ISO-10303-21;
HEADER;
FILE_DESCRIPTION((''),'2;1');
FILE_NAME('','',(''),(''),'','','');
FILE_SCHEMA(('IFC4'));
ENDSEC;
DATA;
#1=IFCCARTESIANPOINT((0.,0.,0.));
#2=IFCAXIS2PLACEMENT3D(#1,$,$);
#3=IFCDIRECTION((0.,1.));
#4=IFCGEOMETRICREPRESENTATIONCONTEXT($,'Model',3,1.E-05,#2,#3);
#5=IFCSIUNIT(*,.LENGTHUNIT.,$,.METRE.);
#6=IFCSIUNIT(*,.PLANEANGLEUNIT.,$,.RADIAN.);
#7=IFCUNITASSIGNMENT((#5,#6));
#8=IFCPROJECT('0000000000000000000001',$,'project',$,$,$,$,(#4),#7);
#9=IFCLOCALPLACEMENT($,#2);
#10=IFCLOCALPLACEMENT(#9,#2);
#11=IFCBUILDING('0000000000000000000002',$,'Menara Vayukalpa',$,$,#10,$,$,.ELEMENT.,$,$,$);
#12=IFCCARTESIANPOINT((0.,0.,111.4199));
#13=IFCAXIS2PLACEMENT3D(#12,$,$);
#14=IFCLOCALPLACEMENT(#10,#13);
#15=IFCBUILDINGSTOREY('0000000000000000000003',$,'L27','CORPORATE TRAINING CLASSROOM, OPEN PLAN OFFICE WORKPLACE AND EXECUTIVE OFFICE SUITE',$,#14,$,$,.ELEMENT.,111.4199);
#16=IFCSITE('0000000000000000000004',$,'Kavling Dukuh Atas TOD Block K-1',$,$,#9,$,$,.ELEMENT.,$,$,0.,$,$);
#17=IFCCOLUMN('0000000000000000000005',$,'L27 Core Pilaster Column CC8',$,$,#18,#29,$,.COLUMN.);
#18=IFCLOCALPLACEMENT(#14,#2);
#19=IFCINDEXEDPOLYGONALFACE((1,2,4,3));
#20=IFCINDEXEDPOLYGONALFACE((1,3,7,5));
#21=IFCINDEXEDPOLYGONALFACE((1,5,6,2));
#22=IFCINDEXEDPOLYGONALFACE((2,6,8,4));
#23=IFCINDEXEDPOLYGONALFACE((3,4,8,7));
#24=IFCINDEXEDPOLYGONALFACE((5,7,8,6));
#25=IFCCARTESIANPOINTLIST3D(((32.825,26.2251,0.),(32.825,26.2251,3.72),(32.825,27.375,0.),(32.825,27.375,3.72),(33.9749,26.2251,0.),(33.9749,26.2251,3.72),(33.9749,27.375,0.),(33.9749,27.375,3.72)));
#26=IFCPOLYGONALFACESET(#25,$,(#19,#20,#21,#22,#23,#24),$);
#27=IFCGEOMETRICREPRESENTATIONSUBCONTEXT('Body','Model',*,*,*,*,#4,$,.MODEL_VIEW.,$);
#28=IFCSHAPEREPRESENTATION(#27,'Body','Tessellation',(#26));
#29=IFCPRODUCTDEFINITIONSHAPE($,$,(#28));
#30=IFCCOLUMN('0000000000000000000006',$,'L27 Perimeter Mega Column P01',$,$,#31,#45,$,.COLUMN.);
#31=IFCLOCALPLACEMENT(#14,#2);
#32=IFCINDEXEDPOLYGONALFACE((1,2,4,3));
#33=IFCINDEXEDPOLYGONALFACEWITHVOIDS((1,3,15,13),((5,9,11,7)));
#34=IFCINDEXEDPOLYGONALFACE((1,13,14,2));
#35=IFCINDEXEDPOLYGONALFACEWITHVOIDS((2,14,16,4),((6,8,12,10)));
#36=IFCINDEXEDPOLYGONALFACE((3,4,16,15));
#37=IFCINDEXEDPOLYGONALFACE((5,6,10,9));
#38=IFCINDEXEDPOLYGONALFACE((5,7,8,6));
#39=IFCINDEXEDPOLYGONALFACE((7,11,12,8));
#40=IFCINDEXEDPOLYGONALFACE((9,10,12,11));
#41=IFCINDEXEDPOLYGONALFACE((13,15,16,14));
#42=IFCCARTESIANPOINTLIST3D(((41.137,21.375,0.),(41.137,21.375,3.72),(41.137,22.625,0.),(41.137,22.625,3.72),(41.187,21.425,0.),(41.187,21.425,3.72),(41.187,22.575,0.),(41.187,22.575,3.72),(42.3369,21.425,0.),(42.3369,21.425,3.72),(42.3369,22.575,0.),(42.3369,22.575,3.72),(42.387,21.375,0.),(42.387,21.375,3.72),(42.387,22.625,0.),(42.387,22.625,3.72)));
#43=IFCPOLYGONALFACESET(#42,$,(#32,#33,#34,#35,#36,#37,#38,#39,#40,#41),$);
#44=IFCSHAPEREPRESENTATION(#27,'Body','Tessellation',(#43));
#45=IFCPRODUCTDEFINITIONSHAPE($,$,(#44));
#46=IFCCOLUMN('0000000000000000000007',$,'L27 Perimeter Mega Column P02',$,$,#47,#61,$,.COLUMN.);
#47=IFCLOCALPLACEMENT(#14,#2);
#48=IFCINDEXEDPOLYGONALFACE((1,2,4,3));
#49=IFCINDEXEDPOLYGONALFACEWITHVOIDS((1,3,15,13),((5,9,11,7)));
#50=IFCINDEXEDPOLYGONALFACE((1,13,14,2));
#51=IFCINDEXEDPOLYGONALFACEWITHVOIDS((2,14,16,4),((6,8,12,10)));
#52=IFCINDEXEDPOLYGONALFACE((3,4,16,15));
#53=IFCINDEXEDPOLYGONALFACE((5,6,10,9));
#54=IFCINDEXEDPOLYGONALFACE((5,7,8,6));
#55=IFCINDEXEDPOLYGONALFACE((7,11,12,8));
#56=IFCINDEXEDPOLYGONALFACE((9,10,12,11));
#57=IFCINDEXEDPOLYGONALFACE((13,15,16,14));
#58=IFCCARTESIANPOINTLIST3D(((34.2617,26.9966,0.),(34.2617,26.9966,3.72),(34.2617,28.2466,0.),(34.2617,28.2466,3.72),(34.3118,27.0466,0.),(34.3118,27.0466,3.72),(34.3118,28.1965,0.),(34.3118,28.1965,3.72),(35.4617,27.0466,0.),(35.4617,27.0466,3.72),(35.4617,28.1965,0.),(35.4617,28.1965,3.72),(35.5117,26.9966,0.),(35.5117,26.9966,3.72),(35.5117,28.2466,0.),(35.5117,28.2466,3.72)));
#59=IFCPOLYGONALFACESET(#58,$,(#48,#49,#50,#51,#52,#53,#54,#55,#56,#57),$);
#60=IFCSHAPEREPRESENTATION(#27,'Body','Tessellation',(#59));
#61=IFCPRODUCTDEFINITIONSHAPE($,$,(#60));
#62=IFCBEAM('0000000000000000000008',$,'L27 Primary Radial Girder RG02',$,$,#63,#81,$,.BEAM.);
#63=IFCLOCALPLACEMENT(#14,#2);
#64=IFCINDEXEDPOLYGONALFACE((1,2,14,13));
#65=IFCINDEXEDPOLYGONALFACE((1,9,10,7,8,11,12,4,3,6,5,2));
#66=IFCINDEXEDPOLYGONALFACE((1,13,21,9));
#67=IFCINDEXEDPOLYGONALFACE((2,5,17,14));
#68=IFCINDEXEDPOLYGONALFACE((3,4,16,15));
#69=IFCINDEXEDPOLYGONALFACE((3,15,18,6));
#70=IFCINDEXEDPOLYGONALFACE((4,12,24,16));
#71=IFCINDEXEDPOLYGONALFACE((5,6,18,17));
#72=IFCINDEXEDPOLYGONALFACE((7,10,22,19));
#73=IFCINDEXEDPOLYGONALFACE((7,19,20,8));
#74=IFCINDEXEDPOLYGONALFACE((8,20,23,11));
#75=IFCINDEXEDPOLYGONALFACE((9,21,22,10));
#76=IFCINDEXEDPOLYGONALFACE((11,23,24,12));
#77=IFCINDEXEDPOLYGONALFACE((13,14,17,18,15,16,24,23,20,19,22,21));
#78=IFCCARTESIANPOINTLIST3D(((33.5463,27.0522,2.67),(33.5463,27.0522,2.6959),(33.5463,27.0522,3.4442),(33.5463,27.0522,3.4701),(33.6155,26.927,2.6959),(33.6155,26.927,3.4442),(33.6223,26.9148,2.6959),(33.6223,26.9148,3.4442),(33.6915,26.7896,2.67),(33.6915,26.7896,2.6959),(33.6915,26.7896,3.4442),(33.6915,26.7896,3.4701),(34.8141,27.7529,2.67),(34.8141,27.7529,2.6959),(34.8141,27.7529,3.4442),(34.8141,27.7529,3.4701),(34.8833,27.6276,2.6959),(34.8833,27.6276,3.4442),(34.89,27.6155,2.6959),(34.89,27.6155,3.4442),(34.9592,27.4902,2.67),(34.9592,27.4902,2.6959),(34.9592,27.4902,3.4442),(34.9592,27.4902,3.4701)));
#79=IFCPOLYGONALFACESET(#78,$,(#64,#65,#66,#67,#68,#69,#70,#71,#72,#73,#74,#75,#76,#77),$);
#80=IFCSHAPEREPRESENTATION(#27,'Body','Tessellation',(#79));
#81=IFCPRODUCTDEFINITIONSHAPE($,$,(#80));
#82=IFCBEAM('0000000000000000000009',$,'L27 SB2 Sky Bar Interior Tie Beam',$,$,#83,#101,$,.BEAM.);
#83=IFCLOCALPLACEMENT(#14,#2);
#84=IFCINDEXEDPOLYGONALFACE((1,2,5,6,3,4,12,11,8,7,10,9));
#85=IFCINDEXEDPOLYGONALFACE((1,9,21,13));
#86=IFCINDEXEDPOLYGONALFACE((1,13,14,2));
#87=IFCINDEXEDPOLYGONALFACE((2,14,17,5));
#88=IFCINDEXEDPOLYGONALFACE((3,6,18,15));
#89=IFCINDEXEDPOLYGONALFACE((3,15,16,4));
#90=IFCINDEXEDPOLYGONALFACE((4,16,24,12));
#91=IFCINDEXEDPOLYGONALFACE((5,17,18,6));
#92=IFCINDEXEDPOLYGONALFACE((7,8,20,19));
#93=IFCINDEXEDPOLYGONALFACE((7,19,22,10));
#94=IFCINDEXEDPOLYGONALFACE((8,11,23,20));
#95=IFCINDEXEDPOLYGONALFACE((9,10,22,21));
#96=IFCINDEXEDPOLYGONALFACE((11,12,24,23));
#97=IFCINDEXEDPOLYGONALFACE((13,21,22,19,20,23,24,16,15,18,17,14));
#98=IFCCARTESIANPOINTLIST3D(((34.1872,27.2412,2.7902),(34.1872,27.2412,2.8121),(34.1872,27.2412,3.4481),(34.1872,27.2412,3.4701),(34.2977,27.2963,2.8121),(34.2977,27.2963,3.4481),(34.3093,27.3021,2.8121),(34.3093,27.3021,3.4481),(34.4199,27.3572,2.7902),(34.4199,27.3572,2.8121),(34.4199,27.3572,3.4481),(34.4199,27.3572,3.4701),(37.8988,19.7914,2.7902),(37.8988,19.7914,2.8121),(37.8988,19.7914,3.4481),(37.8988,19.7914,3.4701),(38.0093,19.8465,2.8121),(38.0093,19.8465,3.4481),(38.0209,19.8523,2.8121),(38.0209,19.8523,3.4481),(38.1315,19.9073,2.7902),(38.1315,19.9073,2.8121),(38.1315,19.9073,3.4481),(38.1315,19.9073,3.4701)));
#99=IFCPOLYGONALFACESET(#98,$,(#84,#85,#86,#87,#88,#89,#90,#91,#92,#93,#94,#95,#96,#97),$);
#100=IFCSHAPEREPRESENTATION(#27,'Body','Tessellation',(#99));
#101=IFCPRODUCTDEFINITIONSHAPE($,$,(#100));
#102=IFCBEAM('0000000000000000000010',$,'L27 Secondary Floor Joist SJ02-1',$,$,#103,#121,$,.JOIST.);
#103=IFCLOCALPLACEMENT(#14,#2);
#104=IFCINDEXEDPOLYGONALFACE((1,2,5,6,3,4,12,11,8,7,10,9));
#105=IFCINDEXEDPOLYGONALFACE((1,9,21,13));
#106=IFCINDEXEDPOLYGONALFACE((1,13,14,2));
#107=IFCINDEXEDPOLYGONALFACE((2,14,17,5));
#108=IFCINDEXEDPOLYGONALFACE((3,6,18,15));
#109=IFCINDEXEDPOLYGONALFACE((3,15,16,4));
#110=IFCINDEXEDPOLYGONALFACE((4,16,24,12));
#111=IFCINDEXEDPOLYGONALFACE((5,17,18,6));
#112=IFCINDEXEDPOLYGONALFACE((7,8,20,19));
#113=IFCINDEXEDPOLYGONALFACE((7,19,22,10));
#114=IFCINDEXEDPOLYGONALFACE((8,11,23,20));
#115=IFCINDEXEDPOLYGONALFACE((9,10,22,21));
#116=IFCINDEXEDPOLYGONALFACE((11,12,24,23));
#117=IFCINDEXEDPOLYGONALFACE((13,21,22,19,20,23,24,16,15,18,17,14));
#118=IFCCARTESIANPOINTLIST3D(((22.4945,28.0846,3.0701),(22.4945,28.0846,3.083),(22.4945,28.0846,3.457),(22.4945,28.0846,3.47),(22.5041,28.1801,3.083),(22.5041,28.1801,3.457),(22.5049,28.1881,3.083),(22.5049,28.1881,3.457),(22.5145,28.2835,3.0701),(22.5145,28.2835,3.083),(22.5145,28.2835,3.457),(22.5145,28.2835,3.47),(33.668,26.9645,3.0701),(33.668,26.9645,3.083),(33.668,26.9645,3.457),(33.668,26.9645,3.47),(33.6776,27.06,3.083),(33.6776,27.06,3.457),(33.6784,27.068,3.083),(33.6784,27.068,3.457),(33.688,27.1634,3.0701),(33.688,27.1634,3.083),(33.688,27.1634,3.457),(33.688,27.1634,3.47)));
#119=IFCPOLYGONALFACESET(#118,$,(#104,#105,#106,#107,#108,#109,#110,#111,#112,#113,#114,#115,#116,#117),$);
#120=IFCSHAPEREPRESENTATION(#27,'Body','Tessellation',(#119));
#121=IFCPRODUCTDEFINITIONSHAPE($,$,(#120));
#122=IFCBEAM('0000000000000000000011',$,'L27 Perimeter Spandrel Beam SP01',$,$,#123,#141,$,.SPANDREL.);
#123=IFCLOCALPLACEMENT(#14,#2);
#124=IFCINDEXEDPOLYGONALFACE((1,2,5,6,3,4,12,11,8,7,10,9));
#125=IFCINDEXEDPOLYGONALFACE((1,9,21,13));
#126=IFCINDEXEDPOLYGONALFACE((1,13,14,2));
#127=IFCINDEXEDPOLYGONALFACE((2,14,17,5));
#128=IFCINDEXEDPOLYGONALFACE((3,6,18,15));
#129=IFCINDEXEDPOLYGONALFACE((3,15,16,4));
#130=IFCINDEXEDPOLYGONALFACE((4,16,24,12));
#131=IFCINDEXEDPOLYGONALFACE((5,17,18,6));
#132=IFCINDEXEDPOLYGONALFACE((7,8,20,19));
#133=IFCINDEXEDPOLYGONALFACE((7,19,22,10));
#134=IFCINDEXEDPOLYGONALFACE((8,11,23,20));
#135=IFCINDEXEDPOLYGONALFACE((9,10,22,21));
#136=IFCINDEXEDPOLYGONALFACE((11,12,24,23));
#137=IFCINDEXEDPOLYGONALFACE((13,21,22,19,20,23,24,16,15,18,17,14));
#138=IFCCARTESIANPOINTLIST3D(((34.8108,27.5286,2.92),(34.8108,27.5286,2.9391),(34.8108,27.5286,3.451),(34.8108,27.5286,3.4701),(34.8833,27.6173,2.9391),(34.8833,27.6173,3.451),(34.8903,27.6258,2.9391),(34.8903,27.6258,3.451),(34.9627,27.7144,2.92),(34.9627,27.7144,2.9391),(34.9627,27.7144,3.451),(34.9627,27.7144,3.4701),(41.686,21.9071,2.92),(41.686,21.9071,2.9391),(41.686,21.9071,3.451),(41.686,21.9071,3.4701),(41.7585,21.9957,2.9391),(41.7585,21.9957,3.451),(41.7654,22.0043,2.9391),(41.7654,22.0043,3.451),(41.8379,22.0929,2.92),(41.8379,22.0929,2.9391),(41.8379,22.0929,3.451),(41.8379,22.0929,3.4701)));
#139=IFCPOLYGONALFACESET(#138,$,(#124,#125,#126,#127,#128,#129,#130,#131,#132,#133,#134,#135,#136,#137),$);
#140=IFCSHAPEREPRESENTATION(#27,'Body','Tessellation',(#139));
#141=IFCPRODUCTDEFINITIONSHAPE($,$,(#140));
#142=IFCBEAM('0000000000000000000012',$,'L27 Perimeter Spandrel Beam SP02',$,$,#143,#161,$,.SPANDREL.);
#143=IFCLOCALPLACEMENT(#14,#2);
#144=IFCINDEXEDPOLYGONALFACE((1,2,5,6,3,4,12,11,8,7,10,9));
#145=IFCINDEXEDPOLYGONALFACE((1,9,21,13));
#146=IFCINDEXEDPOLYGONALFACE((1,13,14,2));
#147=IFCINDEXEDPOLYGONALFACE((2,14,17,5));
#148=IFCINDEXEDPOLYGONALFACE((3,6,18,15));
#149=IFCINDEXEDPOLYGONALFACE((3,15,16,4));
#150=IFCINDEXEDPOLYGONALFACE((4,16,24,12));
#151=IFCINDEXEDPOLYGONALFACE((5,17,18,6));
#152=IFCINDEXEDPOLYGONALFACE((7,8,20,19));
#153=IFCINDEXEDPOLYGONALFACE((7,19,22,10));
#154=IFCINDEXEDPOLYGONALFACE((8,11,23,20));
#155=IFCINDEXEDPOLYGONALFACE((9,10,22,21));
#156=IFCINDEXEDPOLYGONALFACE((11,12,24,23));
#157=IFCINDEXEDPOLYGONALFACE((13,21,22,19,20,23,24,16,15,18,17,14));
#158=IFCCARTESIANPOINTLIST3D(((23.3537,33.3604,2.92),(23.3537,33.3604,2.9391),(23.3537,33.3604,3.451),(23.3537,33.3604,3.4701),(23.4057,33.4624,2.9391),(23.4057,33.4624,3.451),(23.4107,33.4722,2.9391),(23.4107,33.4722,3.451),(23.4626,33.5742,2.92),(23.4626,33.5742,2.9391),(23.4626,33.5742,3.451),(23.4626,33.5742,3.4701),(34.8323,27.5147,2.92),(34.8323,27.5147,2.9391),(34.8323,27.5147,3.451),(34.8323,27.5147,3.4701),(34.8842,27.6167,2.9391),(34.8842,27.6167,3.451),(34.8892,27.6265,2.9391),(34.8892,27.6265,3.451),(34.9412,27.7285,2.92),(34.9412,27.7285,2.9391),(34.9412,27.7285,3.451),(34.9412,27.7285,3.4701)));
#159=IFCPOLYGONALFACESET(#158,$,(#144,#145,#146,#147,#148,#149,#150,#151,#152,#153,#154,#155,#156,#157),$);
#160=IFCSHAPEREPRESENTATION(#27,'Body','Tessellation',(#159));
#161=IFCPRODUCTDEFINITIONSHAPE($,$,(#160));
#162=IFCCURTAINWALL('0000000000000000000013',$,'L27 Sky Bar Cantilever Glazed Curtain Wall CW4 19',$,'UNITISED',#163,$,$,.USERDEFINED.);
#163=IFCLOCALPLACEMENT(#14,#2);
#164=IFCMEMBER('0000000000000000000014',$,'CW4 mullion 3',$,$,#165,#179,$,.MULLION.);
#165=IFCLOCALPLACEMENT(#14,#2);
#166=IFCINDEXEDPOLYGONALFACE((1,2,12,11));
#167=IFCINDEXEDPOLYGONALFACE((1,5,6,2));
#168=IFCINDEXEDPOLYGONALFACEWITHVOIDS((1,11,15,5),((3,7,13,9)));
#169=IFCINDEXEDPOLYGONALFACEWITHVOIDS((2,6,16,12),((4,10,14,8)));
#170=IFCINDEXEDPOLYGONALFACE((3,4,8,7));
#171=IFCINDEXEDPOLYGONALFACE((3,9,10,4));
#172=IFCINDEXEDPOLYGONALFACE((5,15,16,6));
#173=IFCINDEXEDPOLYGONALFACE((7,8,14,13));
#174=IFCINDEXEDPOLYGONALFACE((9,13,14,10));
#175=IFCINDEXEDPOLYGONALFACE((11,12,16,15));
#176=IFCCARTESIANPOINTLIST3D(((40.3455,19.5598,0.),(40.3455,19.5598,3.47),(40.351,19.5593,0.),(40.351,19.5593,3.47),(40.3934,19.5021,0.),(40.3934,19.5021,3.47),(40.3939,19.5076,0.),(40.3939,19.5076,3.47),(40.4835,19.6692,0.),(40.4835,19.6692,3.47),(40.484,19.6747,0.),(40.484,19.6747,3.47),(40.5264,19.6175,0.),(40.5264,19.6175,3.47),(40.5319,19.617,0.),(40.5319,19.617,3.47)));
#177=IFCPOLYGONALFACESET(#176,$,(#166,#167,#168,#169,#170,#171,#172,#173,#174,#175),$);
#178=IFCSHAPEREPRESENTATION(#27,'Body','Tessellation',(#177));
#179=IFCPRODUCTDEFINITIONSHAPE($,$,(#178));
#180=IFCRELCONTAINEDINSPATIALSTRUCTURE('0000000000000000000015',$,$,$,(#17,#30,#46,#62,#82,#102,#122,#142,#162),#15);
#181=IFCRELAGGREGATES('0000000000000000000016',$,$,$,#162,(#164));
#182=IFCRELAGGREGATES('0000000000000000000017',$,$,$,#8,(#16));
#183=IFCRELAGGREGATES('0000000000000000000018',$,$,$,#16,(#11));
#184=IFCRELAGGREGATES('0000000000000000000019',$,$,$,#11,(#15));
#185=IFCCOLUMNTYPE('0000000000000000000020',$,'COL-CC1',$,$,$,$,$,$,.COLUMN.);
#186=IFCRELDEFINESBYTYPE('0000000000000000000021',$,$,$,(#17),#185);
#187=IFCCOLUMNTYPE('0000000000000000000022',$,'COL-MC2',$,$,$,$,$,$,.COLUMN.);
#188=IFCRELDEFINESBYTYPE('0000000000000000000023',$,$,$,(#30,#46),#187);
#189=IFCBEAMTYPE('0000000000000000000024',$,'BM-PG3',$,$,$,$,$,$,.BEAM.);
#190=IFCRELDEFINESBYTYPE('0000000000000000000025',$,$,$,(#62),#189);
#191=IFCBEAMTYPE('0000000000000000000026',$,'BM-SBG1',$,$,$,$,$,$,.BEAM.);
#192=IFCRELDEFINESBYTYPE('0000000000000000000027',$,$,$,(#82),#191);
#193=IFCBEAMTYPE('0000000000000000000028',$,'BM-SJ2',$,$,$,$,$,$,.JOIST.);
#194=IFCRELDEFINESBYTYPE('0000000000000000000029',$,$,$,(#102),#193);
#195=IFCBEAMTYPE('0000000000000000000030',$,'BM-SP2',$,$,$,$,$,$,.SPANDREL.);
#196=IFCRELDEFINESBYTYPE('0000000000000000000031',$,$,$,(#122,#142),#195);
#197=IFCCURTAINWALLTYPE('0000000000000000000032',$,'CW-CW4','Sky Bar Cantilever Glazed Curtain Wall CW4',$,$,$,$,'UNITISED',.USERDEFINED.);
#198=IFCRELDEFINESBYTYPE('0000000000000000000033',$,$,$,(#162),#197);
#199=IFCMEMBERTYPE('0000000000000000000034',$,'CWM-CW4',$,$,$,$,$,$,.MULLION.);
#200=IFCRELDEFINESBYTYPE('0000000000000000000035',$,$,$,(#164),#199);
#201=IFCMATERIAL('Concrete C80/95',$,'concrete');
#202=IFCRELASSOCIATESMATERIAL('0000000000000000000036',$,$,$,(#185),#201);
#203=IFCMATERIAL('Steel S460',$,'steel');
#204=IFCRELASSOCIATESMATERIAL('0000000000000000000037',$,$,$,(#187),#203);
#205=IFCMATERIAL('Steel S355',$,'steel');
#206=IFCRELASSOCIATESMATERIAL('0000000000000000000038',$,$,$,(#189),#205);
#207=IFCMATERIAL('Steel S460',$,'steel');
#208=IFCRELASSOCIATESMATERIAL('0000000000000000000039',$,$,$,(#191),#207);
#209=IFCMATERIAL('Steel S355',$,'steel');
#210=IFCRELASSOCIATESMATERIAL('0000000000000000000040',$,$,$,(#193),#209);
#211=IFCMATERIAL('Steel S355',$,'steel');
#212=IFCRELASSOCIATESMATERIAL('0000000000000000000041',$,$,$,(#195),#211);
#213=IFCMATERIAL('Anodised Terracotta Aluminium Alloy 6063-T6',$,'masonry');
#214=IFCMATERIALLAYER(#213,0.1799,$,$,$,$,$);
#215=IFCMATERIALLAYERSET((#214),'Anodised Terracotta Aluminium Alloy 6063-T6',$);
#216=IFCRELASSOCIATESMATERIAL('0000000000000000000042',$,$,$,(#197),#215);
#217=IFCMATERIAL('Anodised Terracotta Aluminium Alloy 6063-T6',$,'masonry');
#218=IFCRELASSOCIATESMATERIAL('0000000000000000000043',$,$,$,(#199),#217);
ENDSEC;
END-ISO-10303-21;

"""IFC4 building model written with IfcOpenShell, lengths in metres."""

from ifc_helpers import new_model, si_unit, direction, frame, origin, origin_2d, place, context, subcontext, project, spatial, rectangle, hollow_rectangle, i_section, extrude, material, layer, layer_set, material_profile, profile_set, type_object, element, aggregate, save


model = new_model("IFC4")

# Units and contexts
model_context = context("Model", 3, precision=1e-05, world=origin(), true_north=direction((0.0, 1.0)))
body_context = subcontext(model_context, "Body", "Model", "MODEL_VIEW")
ifc_project = project(units=[si_unit("LENGTHUNIT", "METRE"), si_unit("PLANEANGLEUNIT", "RADIAN")], contexts=[model_context])

# Site, building, storey
site_placement = place(None, origin())
site = spatial("IfcSite", under=ifc_project, at=site_placement, Name="Kavling Dukuh Atas TOD Block K-1", CompositionType="ELEMENT", RefElevation=0.0)
building_placement = place(site_placement, origin())
building = spatial("IfcBuilding", under=site, at=building_placement, Name="Menara Vayukalpa", CompositionType="ELEMENT")
storey_placement = place(building_placement, frame((0.0, 0.0, 111.4199)))
storey = spatial("IfcBuildingStorey", under=building, at=storey_placement, Name="L27", Description="CORPORATE TRAINING CLASSROOM, OPEN PLAN OFFICE WORKPLACE AND EXECUTIVE OFFICE SUITE", CompositionType="ELEMENT", Elevation=111.4199)

# Columns
ifc_material_1 = material(Name="Concrete C80/95", Category="concrete")
ifc_material_profile_1 = material_profile(ifc_material_1, rectangle(XDim=1.1499, YDim=1.1499, at=origin_2d()), Name="RC 1150x1150")
ifc_profile_set_1 = profile_set([ifc_material_profile_1], Name="Concrete C80/95")
column_type_1 = type_object("IfcColumnType", Name="COL-CC1", PredefinedType="COLUMN", material=ifc_profile_set_1)
column_placement = place(storey_placement, frame((33.3999, 26.8, 0.0), z_axis=(0.0, 0.0, 1.0), x_axis=(1.0, 0.0, 0.0)))
element("IfcColumn", 1, at=column_placement, inside=storey, type_object=column_type_1, Name="L27 Core Pilaster Column CC8", PredefinedType="COLUMN", context=body_context, shape_type="SweptSolid", body=[
    extrude(rectangle(XDim=1.1499, YDim=1.1499, at=origin_2d()), origin(), (0.0, 0.0, 1.0), 3.72),
])
ifc_material_2 = material(Name="Steel S460", Category="steel")
ifc_material_profile_2 = material_profile(ifc_material_2, hollow_rectangle(XDim=1.25, YDim=1.25, WallThickness=0.05, at=origin_2d()), Name="BOX 1250x1250x50")
ifc_profile_set_2 = profile_set([ifc_material_profile_2], Name="Steel S460")
column_type_2 = type_object("IfcColumnType", Name="COL-MC2", PredefinedType="COLUMN", material=ifc_profile_set_2)
for number, where, z_axis, x_axis, name in (
    (2, (41.762, 22.0, 0.0), (0.0, 0.0, 1.0), (1.0, 0.0, 0.0), "L27 Perimeter Mega Column P01"),
    (3, (34.8867, 27.6216, 0.0), (0.0, 0.0, 1.0), (1.0, 0.0, 0.0), "L27 Perimeter Mega Column P02"),
):
    element("IfcColumn", number, at=place(storey_placement, frame(where, z_axis=z_axis, x_axis=x_axis)), inside=storey, type_object=column_type_2, Name=name, PredefinedType="COLUMN", context=body_context, shape_type="SweptSolid", body=[
        extrude(hollow_rectangle(XDim=1.25, YDim=1.25, WallThickness=0.05, at=origin_2d()), origin(), (0.0, 0.0, 1.0), 3.72),
    ])

# Beams
ifc_material_3 = material(Name="Steel S355", Category="steel")
ifc_material_profile_3 = material_profile(ifc_material_3, i_section(OverallWidth=0.3, OverallDepth=0.8, WebThickness=0.0139, FlangeThickness=0.0259, at=origin_2d()), Name="WF 800x300x14x26")
ifc_profile_set_3 = profile_set([ifc_material_profile_3], Name="Steel S355")
beam_type_1 = type_object("IfcBeamType", Name="BM-PG3", PredefinedType="BEAM", material=ifc_profile_set_3)
beam_1_placement = place(storey_placement, frame((33.6189, 26.9209, 3.0701), z_axis=(0.875228, 0.48371, 0.0), x_axis=(-0.48371, 0.875228, 0.0)))
element("IfcBeam", 4, at=beam_1_placement, inside=storey, type_object=beam_type_1, Name="L27 Primary Radial Girder RG02", PredefinedType="BEAM", context=body_context, shape_type="SweptSolid", body=[
    extrude(i_section(OverallWidth=0.3, OverallDepth=0.8, WebThickness=0.0139, FlangeThickness=0.0259, at=origin_2d()), origin(), (0.0, 0.0, 1.0), 1.4485),
])
ifc_material_4 = material(Name="Steel S460", Category="steel")
ifc_material_profile_4 = material_profile(ifc_material_4, i_section(OverallWidth=0.26, OverallDepth=0.6799, WebThickness=0.0129, FlangeThickness=0.022, at=origin_2d()), Name="WF 680x260x13x22")
ifc_profile_set_4 = profile_set([ifc_material_profile_4], Name="Steel S460")
beam_type_2 = type_object("IfcBeamType", Name="BM-SBG1", PredefinedType="BEAM", material=ifc_profile_set_4)
beam_2_placement = place(storey_placement, frame((38.0151, 19.8494, 3.1301), z_axis=(-0.445934, 0.895066, 0.0), x_axis=(-0.895066, -0.445934, 0.0)))
element("IfcBeam", 5, at=beam_2_placement, inside=storey, type_object=beam_type_2, Name="L27 SB2 Sky Bar Interior Tie Beam", PredefinedType="BEAM", context=body_context, shape_type="SweptSolid", body=[
    extrude(i_section(OverallWidth=0.26, OverallDepth=0.6799, WebThickness=0.0129, FlangeThickness=0.022, at=origin_2d()), origin(), (0.0, 0.0, 1.0), 8.3232),
])
ifc_material_5 = material(Name="Steel S355", Category="steel")
ifc_material_profile_5 = material_profile(ifc_material_5, i_section(OverallWidth=0.2, OverallDepth=0.3999, WebThickness=0.0081, FlangeThickness=0.0129, at=origin_2d()), Name="WF 400x200x8x13")
ifc_profile_set_5 = profile_set([ifc_material_profile_5], Name="Steel S355")
beam_type_3 = type_object("IfcBeamType", Name="BM-SJ2", PredefinedType="JOIST", material=ifc_profile_set_5)
beam_3_placement = place(storey_placement, frame((33.678, 27.064, 3.27), z_axis=(-0.995013, 0.099747, 0.0), x_axis=(-0.099747, -0.995013, 0.0)))
element("IfcBeam", 6, at=beam_3_placement, inside=storey, type_object=beam_type_3, Name="L27 Secondary Floor Joist SJ02-1", PredefinedType="JOIST", context=body_context, shape_type="SweptSolid", body=[
    extrude(i_section(OverallWidth=0.2, OverallDepth=0.3999, WebThickness=0.0081, FlangeThickness=0.0129, at=origin_2d()), origin(), (0.0, 0.0, 1.0), 11.2295),
])
ifc_material_6 = material(Name="Steel S355", Category="steel")
ifc_material_profile_6 = material_profile(ifc_material_6, i_section(OverallWidth=0.24, OverallDepth=0.55, WebThickness=0.011, FlangeThickness=0.019, at=origin_2d()), Name="WF 550x240x11x19")
ifc_profile_set_6 = profile_set([ifc_material_profile_6], Name="Steel S355")
beam_type_4 = type_object("IfcBeamType", Name="BM-SP2", PredefinedType="SPANDREL", material=ifc_profile_set_6)
beam_4_placement = place(storey_placement, frame((41.762, 22.0, 3.1951), z_axis=(-0.774157, 0.632994, 0.0), x_axis=(-0.632994, -0.774157, 0.0)))
element("IfcBeam", 7, at=beam_4_placement, inside=storey, type_object=beam_type_4, Name="L27 Perimeter Spandrel Beam SP01", PredefinedType="SPANDREL", context=body_context, shape_type="SweptSolid", body=[
    extrude(i_section(OverallWidth=0.24, OverallDepth=0.55, WebThickness=0.011, FlangeThickness=0.019, at=origin_2d()), origin(), (0.0, 0.0, 1.0), 8.8809),
])
beam_5_placement = place(storey_placement, frame((34.8867, 27.6216, 3.1951), z_axis=(-0.891097, 0.453812, 0.0), x_axis=(-0.453812, -0.891097, 0.0)))
element("IfcBeam", 8, at=beam_5_placement, inside=storey, type_object=beam_type_4, Name="L27 Perimeter Spandrel Beam SP02", PredefinedType="SPANDREL", context=body_context, shape_type="SweptSolid", body=[
    extrude(i_section(OverallWidth=0.24, OverallDepth=0.55, WebThickness=0.011, FlangeThickness=0.019, at=origin_2d()), origin(), (0.0, 0.0, 1.0), 12.8813),
])

# Curtain wall, member
ifc_material_7 = material(Name="Anodised Terracotta Aluminium Alloy 6063-T6", Category="masonry")
ifc_layer_1 = layer(ifc_material_7, 0.1799)
ifc_layer_set_1 = layer_set([ifc_layer_1], Name="Anodised Terracotta Aluminium Alloy 6063-T6")
curtain_wall_type = type_object("IfcCurtainWallType", Name="CW-CW4", Description="Sky Bar Cantilever Glazed Curtain Wall CW4", ElementType="UNITISED", PredefinedType="USERDEFINED", material=ifc_layer_set_1)
curtain_wall_placement = place(storey_placement, origin())
curtain_wall = element("IfcCurtainWall", 9, at=curtain_wall_placement, inside=storey, type_object=curtain_wall_type, Name="L27 Sky Bar Cantilever Glazed Curtain Wall CW4 19", ObjectType="UNITISED", PredefinedType="USERDEFINED")
ifc_material_8 = material(Name="Anodised Terracotta Aluminium Alloy 6063-T6", Category="masonry")
ifc_material_profile_7 = material_profile(ifc_material_8, hollow_rectangle(XDim=0.075, YDim=0.1799, WallThickness=0.0039, at=origin_2d()), Name="ALU 75x180x4")
ifc_profile_set_7 = profile_set([ifc_material_profile_7], Name="Anodised Terracotta Aluminium Alloy 6063-T6")
member_type = type_object("IfcMemberType", Name="CWM-CW4", PredefinedType="MULLION", material=ifc_profile_set_7)
member_placement = place(storey_placement, frame((40.4387, 19.5884, 0.0), z_axis=(0.0, 0.0, 1.0), x_axis=(-0.638346, 0.76975, 0.0)))
member = element("IfcMember", 10, at=member_placement, type_object=member_type, Name="CW4 mullion 3", PredefinedType="MULLION", context=body_context, shape_type="SweptSolid", body=[
    extrude(hollow_rectangle(XDim=0.075, YDim=0.1799, WallThickness=0.0039, at=origin_2d()), origin(), (0.0, 0.0, 1.0), 3.47),
])
aggregate(curtain_wall, [member])

save(model, "model.ifc")
